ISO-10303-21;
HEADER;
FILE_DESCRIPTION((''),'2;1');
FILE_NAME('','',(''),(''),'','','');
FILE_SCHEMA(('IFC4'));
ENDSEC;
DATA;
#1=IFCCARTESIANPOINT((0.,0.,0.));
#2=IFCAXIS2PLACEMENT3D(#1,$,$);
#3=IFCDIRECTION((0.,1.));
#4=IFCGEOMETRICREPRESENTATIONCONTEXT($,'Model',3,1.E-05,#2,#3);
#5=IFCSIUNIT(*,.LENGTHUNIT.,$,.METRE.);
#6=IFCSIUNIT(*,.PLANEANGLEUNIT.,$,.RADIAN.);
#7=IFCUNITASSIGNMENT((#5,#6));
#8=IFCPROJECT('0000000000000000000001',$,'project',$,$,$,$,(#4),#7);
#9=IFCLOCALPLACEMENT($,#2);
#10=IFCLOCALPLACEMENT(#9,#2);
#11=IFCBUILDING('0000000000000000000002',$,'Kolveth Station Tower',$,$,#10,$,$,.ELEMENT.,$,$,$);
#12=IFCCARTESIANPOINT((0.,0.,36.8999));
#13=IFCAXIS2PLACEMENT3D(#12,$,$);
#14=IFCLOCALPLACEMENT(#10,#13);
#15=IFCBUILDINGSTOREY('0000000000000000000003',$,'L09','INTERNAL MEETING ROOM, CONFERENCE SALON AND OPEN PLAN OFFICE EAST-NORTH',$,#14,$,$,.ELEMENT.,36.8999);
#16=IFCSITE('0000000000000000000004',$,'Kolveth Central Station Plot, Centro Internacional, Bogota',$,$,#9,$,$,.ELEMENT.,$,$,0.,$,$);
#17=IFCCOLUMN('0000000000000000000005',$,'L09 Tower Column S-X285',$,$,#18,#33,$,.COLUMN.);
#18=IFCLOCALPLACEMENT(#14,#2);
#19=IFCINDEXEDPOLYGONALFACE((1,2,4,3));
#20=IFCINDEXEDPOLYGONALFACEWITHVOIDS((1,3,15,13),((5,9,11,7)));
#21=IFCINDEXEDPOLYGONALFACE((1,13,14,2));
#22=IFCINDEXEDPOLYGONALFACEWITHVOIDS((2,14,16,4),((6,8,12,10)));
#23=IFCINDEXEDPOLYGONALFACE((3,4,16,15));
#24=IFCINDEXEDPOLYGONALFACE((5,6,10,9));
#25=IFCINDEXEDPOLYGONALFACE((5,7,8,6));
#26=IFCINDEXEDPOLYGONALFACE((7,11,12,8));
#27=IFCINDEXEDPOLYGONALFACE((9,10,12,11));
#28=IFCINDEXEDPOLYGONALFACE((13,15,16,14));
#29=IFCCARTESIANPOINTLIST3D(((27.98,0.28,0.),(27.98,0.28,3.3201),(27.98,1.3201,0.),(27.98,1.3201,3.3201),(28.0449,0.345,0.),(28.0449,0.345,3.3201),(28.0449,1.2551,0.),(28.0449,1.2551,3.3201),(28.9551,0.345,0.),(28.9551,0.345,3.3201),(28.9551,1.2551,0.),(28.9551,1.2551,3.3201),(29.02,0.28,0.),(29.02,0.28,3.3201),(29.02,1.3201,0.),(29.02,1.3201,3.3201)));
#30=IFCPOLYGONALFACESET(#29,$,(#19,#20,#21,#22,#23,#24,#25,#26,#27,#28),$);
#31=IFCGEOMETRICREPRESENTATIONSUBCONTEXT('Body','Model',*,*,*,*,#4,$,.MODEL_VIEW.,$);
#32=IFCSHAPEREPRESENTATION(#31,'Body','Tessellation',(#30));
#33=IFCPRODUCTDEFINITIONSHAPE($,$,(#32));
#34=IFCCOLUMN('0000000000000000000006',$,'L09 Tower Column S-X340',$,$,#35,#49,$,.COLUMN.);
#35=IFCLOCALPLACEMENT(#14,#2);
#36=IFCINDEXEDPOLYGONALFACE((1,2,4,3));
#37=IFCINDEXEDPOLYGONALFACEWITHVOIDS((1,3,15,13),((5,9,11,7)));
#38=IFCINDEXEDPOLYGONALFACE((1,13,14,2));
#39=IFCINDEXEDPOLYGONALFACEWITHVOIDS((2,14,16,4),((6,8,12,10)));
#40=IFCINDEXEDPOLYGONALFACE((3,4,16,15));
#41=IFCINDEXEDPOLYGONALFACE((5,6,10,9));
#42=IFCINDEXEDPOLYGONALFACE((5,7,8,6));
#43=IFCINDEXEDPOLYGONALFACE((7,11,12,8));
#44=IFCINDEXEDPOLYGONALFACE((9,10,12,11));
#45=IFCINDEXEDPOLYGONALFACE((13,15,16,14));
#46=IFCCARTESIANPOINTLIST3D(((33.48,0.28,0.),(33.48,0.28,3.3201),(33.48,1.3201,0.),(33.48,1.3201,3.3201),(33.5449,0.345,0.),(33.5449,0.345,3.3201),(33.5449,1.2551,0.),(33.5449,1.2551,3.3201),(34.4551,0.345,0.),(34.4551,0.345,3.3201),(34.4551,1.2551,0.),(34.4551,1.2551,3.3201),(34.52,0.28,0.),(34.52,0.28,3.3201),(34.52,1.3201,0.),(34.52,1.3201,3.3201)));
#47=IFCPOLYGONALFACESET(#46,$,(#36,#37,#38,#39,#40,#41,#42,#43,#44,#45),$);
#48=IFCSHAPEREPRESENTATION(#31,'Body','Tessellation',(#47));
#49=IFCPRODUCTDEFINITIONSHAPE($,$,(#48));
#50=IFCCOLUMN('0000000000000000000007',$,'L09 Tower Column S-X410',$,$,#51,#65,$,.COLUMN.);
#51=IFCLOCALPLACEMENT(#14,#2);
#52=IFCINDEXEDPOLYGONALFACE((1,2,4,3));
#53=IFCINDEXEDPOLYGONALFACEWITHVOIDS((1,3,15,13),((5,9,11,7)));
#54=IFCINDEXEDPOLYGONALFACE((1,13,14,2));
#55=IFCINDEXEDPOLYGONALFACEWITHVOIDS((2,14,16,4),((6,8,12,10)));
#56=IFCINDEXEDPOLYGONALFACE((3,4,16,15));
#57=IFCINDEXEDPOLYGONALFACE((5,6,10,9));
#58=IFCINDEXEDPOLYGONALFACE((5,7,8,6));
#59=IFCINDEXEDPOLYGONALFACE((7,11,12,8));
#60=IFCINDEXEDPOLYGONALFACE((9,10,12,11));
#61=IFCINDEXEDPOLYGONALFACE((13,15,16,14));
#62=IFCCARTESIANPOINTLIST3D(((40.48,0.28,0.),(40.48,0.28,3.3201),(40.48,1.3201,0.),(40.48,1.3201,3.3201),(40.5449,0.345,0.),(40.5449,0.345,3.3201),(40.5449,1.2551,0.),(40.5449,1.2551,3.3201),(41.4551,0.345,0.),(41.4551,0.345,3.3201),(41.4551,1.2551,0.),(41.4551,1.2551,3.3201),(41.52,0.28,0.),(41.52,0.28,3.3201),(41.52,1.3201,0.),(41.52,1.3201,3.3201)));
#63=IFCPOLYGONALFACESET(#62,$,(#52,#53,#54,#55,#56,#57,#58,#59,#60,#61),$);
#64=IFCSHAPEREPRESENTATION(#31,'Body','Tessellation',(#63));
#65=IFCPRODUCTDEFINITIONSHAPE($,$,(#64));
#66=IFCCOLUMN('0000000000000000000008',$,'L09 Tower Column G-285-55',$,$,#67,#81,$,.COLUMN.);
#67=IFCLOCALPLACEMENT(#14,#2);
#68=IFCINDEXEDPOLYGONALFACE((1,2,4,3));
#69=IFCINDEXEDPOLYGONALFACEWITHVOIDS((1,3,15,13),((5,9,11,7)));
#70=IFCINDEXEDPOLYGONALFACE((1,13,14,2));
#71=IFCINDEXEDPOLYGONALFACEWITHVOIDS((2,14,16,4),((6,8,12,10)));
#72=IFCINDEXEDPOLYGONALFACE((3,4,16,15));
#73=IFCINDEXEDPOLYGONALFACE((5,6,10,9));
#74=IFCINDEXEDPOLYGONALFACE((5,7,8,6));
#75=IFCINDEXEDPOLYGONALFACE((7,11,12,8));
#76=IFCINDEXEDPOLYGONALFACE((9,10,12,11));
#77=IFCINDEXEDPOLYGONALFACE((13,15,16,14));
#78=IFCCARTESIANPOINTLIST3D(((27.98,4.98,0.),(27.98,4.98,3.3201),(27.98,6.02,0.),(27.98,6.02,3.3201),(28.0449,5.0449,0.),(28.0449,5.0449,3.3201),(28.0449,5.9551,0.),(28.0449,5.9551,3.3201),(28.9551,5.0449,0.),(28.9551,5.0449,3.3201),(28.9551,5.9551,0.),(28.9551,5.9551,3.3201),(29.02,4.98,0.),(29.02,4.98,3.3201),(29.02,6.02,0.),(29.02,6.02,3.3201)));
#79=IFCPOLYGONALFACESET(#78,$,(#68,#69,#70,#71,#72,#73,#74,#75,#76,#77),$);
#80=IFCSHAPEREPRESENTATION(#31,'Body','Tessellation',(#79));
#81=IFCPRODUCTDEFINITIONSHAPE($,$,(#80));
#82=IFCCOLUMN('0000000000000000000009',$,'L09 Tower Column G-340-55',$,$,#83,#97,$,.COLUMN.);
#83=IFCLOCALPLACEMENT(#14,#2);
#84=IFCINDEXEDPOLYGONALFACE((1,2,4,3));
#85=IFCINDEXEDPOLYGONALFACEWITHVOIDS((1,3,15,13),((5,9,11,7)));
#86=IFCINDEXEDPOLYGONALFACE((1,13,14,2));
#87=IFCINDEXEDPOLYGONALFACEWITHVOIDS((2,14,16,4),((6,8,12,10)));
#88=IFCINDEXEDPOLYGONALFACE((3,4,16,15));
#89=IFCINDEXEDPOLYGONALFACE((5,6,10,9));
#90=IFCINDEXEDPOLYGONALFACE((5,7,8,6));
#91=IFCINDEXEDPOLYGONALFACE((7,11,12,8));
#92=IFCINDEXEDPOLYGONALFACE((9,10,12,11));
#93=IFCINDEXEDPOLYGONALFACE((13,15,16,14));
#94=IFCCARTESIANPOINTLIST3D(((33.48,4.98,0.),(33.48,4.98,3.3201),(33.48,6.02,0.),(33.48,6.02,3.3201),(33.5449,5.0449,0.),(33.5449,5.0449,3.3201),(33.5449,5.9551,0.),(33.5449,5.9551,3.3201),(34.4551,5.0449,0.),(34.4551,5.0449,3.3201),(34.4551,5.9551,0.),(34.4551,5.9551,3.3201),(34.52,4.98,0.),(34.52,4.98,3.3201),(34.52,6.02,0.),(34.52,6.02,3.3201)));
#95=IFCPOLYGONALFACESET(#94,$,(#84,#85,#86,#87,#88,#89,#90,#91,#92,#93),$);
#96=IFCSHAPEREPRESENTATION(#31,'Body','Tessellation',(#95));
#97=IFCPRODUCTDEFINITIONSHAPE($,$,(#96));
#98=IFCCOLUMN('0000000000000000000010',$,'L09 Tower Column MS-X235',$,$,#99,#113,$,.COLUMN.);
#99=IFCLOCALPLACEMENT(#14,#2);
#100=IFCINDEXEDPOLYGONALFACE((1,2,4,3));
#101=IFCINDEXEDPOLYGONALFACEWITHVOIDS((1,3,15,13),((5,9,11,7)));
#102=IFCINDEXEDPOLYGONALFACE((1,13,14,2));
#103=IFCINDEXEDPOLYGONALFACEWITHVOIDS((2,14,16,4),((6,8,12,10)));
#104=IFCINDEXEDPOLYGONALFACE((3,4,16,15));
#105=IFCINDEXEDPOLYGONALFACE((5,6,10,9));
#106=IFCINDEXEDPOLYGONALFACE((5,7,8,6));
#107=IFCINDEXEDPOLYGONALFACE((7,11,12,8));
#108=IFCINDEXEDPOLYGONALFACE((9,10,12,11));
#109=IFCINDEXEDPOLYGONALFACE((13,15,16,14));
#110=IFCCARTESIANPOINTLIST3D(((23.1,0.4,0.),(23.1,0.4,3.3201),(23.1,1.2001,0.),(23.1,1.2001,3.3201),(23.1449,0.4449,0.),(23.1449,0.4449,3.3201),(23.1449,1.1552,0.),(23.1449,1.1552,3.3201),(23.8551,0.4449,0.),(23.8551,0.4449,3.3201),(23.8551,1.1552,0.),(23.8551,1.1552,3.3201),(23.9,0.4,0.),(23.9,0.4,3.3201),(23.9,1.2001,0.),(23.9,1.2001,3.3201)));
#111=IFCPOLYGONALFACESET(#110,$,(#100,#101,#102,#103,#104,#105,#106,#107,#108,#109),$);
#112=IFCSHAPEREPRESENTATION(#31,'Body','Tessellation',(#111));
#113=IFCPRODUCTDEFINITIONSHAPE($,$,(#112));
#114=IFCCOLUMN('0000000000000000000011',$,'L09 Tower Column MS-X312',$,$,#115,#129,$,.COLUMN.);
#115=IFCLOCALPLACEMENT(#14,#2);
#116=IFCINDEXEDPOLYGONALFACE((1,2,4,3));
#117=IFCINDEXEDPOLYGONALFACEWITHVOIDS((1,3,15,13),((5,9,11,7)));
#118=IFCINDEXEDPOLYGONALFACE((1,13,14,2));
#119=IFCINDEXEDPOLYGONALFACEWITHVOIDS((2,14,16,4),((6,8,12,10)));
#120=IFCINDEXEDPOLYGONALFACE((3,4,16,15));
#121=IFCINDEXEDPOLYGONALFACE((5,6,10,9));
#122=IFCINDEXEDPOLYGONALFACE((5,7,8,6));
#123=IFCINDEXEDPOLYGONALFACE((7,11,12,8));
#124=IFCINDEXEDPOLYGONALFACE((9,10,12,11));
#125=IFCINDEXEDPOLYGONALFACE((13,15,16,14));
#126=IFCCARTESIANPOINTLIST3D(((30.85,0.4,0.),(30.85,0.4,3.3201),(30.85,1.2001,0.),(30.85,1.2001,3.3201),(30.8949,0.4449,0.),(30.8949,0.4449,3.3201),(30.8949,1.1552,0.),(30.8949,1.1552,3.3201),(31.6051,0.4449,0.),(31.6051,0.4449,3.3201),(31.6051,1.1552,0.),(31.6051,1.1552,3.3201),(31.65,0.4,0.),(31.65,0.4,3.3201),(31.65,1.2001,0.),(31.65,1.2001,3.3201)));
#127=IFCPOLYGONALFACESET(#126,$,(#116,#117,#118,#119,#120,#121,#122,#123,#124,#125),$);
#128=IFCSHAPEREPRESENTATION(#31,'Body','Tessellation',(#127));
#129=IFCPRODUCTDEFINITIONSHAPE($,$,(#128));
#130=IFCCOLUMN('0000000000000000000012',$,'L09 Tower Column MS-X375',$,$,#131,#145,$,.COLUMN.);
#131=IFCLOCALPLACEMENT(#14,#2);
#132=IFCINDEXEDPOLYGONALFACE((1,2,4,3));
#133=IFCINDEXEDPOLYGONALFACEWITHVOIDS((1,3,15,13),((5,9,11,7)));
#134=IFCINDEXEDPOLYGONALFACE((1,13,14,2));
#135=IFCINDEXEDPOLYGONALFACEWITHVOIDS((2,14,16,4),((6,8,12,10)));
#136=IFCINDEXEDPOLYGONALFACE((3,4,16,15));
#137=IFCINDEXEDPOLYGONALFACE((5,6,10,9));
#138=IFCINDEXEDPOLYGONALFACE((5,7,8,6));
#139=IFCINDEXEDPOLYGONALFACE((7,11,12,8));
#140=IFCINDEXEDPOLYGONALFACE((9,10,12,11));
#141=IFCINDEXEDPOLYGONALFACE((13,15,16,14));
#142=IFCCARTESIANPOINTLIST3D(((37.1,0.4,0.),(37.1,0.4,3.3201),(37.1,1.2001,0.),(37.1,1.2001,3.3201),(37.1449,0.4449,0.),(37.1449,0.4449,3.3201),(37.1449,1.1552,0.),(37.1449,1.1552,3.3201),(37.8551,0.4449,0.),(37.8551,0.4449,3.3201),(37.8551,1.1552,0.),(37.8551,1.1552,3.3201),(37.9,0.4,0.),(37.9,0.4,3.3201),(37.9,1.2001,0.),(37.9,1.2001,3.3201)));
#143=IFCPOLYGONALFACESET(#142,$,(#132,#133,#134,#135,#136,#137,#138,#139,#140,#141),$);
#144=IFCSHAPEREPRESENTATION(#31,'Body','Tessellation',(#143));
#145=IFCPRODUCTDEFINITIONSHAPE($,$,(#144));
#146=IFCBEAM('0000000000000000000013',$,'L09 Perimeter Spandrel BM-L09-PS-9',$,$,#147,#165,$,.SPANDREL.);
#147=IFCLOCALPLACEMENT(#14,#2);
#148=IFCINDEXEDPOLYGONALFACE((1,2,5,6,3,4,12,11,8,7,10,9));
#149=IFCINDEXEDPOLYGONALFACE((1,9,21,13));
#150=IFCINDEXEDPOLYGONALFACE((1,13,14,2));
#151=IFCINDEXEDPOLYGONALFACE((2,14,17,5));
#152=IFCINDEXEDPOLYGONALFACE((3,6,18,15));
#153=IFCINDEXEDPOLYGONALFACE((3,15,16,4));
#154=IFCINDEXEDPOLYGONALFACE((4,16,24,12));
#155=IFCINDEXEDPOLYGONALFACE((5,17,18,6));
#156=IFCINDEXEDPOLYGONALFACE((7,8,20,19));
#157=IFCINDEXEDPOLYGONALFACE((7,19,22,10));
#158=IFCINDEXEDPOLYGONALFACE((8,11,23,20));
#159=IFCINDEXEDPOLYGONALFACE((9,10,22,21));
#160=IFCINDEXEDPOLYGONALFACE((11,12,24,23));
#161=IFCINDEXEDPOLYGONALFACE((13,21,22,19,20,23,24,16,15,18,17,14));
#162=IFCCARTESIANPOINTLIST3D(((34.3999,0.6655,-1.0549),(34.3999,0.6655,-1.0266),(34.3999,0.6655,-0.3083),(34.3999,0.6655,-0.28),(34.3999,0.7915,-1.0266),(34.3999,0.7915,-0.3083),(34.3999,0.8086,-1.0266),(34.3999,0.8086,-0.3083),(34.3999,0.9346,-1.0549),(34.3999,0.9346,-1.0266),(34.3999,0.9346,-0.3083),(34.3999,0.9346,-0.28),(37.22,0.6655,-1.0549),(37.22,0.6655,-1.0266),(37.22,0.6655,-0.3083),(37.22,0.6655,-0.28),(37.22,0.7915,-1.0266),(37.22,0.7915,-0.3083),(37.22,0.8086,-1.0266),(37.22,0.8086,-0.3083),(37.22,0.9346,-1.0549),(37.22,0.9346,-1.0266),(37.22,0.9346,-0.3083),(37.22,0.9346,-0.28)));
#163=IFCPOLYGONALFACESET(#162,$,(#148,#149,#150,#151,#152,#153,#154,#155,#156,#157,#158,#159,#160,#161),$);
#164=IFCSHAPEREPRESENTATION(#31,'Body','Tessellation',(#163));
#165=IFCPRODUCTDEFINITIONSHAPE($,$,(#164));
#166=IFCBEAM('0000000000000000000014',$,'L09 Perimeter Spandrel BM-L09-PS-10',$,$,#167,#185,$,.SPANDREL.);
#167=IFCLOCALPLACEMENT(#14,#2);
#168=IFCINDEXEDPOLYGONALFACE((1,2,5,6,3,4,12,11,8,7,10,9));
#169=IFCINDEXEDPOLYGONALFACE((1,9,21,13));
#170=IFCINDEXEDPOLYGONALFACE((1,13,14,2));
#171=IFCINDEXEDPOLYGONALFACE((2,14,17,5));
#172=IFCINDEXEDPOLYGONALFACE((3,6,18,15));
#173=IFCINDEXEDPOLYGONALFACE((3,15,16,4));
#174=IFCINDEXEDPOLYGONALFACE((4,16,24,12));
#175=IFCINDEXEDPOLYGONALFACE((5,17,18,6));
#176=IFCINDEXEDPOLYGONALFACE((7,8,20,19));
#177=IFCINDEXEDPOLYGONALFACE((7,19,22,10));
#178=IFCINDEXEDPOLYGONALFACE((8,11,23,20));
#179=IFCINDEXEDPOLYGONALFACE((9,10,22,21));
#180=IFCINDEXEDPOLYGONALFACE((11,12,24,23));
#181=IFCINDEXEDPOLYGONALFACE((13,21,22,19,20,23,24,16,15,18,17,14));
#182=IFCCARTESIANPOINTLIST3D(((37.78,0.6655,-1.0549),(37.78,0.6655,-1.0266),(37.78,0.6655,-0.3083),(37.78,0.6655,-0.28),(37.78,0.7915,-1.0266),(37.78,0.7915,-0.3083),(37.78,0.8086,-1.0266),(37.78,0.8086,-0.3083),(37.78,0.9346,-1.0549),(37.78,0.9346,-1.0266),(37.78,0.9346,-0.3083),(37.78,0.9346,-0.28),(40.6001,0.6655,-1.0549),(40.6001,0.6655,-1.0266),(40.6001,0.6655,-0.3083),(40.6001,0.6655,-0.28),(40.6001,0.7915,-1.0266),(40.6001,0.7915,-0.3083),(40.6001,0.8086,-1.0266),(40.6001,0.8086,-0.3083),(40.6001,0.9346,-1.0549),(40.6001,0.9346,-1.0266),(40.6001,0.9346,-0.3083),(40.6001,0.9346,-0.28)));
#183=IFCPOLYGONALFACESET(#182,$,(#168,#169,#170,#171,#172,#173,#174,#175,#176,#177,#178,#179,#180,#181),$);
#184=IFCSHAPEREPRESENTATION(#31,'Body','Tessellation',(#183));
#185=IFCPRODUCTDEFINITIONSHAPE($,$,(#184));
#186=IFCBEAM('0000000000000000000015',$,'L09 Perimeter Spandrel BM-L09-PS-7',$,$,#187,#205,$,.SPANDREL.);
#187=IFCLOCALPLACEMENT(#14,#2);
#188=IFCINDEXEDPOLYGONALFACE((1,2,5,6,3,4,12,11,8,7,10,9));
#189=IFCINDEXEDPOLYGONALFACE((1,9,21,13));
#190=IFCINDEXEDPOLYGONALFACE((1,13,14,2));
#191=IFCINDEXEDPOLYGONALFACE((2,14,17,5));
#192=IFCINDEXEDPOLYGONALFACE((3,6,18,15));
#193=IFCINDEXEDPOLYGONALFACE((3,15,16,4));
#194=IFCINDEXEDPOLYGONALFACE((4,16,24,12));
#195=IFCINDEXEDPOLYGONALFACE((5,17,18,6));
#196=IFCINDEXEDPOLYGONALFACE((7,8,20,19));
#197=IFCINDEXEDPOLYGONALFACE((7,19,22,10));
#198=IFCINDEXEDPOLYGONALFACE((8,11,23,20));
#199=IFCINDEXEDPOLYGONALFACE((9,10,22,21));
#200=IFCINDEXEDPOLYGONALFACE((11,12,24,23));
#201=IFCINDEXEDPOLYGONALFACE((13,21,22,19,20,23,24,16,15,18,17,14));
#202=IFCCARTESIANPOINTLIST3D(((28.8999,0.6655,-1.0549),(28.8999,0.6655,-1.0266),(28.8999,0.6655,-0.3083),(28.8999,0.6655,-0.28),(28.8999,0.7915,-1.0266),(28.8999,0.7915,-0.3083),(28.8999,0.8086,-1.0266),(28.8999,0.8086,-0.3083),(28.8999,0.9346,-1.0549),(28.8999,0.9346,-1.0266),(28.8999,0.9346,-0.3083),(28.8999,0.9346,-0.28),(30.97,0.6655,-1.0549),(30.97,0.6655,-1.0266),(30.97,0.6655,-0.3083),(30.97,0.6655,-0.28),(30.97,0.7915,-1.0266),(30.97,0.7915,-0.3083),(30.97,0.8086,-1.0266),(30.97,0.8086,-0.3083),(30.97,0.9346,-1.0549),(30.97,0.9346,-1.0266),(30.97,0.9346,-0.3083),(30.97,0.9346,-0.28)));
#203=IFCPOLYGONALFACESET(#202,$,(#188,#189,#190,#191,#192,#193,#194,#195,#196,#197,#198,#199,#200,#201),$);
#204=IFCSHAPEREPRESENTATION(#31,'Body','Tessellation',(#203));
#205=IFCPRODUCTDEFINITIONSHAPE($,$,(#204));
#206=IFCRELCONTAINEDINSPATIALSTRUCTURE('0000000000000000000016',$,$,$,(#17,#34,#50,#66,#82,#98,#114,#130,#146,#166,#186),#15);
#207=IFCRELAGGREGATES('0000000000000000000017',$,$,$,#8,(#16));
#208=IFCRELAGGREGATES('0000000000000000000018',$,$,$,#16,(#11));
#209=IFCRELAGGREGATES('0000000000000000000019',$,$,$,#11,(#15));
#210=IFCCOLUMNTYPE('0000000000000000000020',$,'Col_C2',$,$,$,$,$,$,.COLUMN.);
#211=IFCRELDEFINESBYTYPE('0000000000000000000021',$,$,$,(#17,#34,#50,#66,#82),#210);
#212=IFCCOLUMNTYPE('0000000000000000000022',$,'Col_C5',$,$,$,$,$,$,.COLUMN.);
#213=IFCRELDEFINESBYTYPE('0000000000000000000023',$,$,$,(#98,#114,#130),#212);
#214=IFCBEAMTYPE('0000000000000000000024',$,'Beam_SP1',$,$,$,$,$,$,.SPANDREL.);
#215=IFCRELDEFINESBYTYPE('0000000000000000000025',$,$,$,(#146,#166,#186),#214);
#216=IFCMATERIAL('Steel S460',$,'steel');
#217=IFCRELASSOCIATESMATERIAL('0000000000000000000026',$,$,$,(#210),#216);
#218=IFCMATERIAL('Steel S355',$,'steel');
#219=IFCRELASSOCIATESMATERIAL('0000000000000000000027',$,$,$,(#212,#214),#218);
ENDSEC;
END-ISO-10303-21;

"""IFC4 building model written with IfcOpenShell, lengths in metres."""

from ifc_helpers import new_model, si_unit, direction, frame, origin, origin_2d, place, context, subcontext, project, spatial, hollow_rectangle, i_section, extrude, source, transform, mapped, material, material_profile, profile_set, type_object, element, save


model = new_model("IFC4")

# Units and contexts
model_context = context("Model", 3, precision=1e-05, world=origin(), true_north=direction((0.0, 1.0)))
body_context = subcontext(model_context, "Body", "Model", "MODEL_VIEW")
ifc_project = project(units=[si_unit("LENGTHUNIT", "METRE"), si_unit("PLANEANGLEUNIT", "RADIAN")], contexts=[model_context])

# Site, building, storey
site_placement = place(None, origin())
site = spatial("IfcSite", under=ifc_project, at=site_placement, Name="Kolveth Central Station Plot, Centro Internacional, Bogota", CompositionType="ELEMENT", RefElevation=0.0)
building_placement = place(site_placement, origin())
building = spatial("IfcBuilding", under=site, at=building_placement, Name="Kolveth Station Tower", CompositionType="ELEMENT")
storey_placement = place(building_placement, frame((0.0, 0.0, 36.8999)))
storey = spatial("IfcBuildingStorey", under=building, at=storey_placement, Name="L09", Description="INTERNAL MEETING ROOM, CONFERENCE SALON AND OPEN PLAN OFFICE EAST-NORTH", CompositionType="ELEMENT", Elevation=36.8999)

# Columns
ifc_material_1 = material(Name="Steel S460", Category="steel")
ifc_material_profile_1 = material_profile(ifc_material_1, hollow_rectangle(XDim=1.04, YDim=1.04, WallThickness=0.0649, at=origin_2d()), Name="BOX1040x1040x65")
ifc_profile_set_1 = profile_set([ifc_material_profile_1], Name="Steel S460")
column_type_1 = type_object("IfcColumnType", Name="Col_C2", PredefinedType="COLUMN", material=ifc_profile_set_1)
shared_shape_1 = source(origin(), body_context, "Body", "SweptSolid", [
    extrude(hollow_rectangle(XDim=1.04, YDim=1.04, WallThickness=0.0649, at=origin_2d()), origin(), (0.0, 0.0, 1.0), 3.3201),
])
for number, where, z_axis, x_axis, name in (
    (1, (28.5, 0.8, 0.0), (0.0, 0.0, 1.0), (1.0, 0.0, 0.0), "L09 Tower Column S-X285"),
    (2, (34.0, 0.8, 0.0), (0.0, 0.0, 1.0), (1.0, 0.0, 0.0), "L09 Tower Column S-X340"),
    (3, (41.0, 0.8, 0.0), (0.0, 0.0, 1.0), (1.0, 0.0, 0.0), "L09 Tower Column S-X410"),
    (4, (28.5, 5.5, 0.0), (0.0, 0.0, 1.0), (1.0, 0.0, 0.0), "L09 Tower Column G-285-55"),
    (5, (34.0, 5.5, 0.0), (0.0, 0.0, 1.0), (1.0, 0.0, 0.0), "L09 Tower Column G-340-55"),
):
    element("IfcColumn", number, at=place(storey_placement, frame(where, z_axis=z_axis, x_axis=x_axis)), inside=storey, type_object=column_type_1, Name=name, PredefinedType="COLUMN", context=body_context, shape_type="MappedRepresentation", body=[
        mapped(shared_shape_1, transform((0.0, 0.0, 0.0), x_axis=(1.0, 0.0, 0.0), y_axis=(0.0, 1.0, 0.0), z_axis=(0.0, 0.0, 1.0), scale=1.0)),
    ])
ifc_material_2 = material(Name="Steel S355", Category="steel")
ifc_material_profile_2 = material_profile(ifc_material_2, hollow_rectangle(XDim=0.8, YDim=0.8, WallThickness=0.0449, at=origin_2d()), Name="BOX800x800x45")
ifc_profile_set_2 = profile_set([ifc_material_profile_2], Name="Steel S355")
column_type_2 = type_object("IfcColumnType", Name="Col_C5", PredefinedType="COLUMN", material=ifc_profile_set_2)
shared_shape_2 = source(origin(), body_context, "Body", "SweptSolid", [
    extrude(hollow_rectangle(XDim=0.8, YDim=0.8, WallThickness=0.0449, at=origin_2d()), origin(), (0.0, 0.0, 1.0), 3.3201),
])
for number, where, z_axis, x_axis, name in (
    (6, (23.5, 0.8, 0.0), (0.0, 0.0, 1.0), (1.0, 0.0, 0.0), "L09 Tower Column MS-X235"),
    (7, (31.25, 0.8, 0.0), (0.0, 0.0, 1.0), (1.0, 0.0, 0.0), "L09 Tower Column MS-X312"),
    (8, (37.5, 0.8, 0.0), (0.0, 0.0, 1.0), (1.0, 0.0, 0.0), "L09 Tower Column MS-X375"),
):
    element("IfcColumn", number, at=place(storey_placement, frame(where, z_axis=z_axis, x_axis=x_axis)), inside=storey, type_object=column_type_2, Name=name, PredefinedType="COLUMN", context=body_context, shape_type="MappedRepresentation", body=[
        mapped(shared_shape_2, transform((0.0, 0.0, 0.0), x_axis=(1.0, 0.0, 0.0), y_axis=(0.0, 1.0, 0.0), z_axis=(0.0, 0.0, 1.0), scale=1.0)),
    ])

# Beams
ifc_material_profile_3 = material_profile(ifc_material_2, i_section(OverallWidth=0.269, OverallDepth=0.7749, WebThickness=0.0171, FlangeThickness=0.0283, at=origin_2d()), Name="W760x220")
ifc_profile_set_3 = profile_set([ifc_material_profile_3], Name="Steel S355")
beam_type_1 = type_object("IfcBeamType", Name="Beam_SP1", PredefinedType="SPANDREL", material=ifc_profile_set_3)
shared_shape_3 = source(origin(), body_context, "Body", "SweptSolid", [
    extrude(i_section(OverallWidth=0.269, OverallDepth=0.7749, WebThickness=0.0171, FlangeThickness=0.0283, at=origin_2d()), origin(), (0.0, 0.0, 1.0), 2.8201),
])
for number, where, z_axis, x_axis, name in (
    (9, (34.3999, 0.8, -0.6675), (1.0, 0.0, 0.0), (0.0, 1.0, 0.0), "L09 Perimeter Spandrel BM-L09-PS-9"),
    (10, (37.78, 0.8, -0.6675), (1.0, 0.0, 0.0), (0.0, 1.0, 0.0), "L09 Perimeter Spandrel BM-L09-PS-10"),
):
    element("IfcBeam", number, at=place(storey_placement, frame(where, z_axis=z_axis, x_axis=x_axis)), inside=storey, type_object=beam_type_1, Name=name, PredefinedType="SPANDREL", context=body_context, shape_type="MappedRepresentation", body=[
        mapped(shared_shape_3, transform((0.0, 0.0, 0.0), x_axis=(1.0, 0.0, 0.0), y_axis=(0.0, 1.0, 0.0), z_axis=(0.0, 0.0, 1.0), scale=1.0)),
    ])
shared_shape_4 = source(origin(), body_context, "Body", "SweptSolid", [
    extrude(i_section(OverallWidth=0.269, OverallDepth=0.7749, WebThickness=0.0171, FlangeThickness=0.0283, at=origin_2d()), origin(), (0.0, 0.0, 1.0), 2.0701),
])
for number, where, z_axis, x_axis, name in (
    (11, (28.8999, 0.8, -0.6675), (1.0, 0.0, 0.0), (0.0, 1.0, 0.0), "L09 Perimeter Spandrel BM-L09-PS-7"),
):
    element("IfcBeam", number, at=place(storey_placement, frame(where, z_axis=z_axis, x_axis=x_axis)), inside=storey, type_object=beam_type_1, Name=name, PredefinedType="SPANDREL", context=body_context, shape_type="MappedRepresentation", body=[
        mapped(shared_shape_4, transform((0.0, 0.0, 0.0), x_axis=(1.0, 0.0, 0.0), y_axis=(0.0, 1.0, 0.0), z_axis=(0.0, 0.0, 1.0), scale=1.0)),
    ])

save(model, "model.ifc")
